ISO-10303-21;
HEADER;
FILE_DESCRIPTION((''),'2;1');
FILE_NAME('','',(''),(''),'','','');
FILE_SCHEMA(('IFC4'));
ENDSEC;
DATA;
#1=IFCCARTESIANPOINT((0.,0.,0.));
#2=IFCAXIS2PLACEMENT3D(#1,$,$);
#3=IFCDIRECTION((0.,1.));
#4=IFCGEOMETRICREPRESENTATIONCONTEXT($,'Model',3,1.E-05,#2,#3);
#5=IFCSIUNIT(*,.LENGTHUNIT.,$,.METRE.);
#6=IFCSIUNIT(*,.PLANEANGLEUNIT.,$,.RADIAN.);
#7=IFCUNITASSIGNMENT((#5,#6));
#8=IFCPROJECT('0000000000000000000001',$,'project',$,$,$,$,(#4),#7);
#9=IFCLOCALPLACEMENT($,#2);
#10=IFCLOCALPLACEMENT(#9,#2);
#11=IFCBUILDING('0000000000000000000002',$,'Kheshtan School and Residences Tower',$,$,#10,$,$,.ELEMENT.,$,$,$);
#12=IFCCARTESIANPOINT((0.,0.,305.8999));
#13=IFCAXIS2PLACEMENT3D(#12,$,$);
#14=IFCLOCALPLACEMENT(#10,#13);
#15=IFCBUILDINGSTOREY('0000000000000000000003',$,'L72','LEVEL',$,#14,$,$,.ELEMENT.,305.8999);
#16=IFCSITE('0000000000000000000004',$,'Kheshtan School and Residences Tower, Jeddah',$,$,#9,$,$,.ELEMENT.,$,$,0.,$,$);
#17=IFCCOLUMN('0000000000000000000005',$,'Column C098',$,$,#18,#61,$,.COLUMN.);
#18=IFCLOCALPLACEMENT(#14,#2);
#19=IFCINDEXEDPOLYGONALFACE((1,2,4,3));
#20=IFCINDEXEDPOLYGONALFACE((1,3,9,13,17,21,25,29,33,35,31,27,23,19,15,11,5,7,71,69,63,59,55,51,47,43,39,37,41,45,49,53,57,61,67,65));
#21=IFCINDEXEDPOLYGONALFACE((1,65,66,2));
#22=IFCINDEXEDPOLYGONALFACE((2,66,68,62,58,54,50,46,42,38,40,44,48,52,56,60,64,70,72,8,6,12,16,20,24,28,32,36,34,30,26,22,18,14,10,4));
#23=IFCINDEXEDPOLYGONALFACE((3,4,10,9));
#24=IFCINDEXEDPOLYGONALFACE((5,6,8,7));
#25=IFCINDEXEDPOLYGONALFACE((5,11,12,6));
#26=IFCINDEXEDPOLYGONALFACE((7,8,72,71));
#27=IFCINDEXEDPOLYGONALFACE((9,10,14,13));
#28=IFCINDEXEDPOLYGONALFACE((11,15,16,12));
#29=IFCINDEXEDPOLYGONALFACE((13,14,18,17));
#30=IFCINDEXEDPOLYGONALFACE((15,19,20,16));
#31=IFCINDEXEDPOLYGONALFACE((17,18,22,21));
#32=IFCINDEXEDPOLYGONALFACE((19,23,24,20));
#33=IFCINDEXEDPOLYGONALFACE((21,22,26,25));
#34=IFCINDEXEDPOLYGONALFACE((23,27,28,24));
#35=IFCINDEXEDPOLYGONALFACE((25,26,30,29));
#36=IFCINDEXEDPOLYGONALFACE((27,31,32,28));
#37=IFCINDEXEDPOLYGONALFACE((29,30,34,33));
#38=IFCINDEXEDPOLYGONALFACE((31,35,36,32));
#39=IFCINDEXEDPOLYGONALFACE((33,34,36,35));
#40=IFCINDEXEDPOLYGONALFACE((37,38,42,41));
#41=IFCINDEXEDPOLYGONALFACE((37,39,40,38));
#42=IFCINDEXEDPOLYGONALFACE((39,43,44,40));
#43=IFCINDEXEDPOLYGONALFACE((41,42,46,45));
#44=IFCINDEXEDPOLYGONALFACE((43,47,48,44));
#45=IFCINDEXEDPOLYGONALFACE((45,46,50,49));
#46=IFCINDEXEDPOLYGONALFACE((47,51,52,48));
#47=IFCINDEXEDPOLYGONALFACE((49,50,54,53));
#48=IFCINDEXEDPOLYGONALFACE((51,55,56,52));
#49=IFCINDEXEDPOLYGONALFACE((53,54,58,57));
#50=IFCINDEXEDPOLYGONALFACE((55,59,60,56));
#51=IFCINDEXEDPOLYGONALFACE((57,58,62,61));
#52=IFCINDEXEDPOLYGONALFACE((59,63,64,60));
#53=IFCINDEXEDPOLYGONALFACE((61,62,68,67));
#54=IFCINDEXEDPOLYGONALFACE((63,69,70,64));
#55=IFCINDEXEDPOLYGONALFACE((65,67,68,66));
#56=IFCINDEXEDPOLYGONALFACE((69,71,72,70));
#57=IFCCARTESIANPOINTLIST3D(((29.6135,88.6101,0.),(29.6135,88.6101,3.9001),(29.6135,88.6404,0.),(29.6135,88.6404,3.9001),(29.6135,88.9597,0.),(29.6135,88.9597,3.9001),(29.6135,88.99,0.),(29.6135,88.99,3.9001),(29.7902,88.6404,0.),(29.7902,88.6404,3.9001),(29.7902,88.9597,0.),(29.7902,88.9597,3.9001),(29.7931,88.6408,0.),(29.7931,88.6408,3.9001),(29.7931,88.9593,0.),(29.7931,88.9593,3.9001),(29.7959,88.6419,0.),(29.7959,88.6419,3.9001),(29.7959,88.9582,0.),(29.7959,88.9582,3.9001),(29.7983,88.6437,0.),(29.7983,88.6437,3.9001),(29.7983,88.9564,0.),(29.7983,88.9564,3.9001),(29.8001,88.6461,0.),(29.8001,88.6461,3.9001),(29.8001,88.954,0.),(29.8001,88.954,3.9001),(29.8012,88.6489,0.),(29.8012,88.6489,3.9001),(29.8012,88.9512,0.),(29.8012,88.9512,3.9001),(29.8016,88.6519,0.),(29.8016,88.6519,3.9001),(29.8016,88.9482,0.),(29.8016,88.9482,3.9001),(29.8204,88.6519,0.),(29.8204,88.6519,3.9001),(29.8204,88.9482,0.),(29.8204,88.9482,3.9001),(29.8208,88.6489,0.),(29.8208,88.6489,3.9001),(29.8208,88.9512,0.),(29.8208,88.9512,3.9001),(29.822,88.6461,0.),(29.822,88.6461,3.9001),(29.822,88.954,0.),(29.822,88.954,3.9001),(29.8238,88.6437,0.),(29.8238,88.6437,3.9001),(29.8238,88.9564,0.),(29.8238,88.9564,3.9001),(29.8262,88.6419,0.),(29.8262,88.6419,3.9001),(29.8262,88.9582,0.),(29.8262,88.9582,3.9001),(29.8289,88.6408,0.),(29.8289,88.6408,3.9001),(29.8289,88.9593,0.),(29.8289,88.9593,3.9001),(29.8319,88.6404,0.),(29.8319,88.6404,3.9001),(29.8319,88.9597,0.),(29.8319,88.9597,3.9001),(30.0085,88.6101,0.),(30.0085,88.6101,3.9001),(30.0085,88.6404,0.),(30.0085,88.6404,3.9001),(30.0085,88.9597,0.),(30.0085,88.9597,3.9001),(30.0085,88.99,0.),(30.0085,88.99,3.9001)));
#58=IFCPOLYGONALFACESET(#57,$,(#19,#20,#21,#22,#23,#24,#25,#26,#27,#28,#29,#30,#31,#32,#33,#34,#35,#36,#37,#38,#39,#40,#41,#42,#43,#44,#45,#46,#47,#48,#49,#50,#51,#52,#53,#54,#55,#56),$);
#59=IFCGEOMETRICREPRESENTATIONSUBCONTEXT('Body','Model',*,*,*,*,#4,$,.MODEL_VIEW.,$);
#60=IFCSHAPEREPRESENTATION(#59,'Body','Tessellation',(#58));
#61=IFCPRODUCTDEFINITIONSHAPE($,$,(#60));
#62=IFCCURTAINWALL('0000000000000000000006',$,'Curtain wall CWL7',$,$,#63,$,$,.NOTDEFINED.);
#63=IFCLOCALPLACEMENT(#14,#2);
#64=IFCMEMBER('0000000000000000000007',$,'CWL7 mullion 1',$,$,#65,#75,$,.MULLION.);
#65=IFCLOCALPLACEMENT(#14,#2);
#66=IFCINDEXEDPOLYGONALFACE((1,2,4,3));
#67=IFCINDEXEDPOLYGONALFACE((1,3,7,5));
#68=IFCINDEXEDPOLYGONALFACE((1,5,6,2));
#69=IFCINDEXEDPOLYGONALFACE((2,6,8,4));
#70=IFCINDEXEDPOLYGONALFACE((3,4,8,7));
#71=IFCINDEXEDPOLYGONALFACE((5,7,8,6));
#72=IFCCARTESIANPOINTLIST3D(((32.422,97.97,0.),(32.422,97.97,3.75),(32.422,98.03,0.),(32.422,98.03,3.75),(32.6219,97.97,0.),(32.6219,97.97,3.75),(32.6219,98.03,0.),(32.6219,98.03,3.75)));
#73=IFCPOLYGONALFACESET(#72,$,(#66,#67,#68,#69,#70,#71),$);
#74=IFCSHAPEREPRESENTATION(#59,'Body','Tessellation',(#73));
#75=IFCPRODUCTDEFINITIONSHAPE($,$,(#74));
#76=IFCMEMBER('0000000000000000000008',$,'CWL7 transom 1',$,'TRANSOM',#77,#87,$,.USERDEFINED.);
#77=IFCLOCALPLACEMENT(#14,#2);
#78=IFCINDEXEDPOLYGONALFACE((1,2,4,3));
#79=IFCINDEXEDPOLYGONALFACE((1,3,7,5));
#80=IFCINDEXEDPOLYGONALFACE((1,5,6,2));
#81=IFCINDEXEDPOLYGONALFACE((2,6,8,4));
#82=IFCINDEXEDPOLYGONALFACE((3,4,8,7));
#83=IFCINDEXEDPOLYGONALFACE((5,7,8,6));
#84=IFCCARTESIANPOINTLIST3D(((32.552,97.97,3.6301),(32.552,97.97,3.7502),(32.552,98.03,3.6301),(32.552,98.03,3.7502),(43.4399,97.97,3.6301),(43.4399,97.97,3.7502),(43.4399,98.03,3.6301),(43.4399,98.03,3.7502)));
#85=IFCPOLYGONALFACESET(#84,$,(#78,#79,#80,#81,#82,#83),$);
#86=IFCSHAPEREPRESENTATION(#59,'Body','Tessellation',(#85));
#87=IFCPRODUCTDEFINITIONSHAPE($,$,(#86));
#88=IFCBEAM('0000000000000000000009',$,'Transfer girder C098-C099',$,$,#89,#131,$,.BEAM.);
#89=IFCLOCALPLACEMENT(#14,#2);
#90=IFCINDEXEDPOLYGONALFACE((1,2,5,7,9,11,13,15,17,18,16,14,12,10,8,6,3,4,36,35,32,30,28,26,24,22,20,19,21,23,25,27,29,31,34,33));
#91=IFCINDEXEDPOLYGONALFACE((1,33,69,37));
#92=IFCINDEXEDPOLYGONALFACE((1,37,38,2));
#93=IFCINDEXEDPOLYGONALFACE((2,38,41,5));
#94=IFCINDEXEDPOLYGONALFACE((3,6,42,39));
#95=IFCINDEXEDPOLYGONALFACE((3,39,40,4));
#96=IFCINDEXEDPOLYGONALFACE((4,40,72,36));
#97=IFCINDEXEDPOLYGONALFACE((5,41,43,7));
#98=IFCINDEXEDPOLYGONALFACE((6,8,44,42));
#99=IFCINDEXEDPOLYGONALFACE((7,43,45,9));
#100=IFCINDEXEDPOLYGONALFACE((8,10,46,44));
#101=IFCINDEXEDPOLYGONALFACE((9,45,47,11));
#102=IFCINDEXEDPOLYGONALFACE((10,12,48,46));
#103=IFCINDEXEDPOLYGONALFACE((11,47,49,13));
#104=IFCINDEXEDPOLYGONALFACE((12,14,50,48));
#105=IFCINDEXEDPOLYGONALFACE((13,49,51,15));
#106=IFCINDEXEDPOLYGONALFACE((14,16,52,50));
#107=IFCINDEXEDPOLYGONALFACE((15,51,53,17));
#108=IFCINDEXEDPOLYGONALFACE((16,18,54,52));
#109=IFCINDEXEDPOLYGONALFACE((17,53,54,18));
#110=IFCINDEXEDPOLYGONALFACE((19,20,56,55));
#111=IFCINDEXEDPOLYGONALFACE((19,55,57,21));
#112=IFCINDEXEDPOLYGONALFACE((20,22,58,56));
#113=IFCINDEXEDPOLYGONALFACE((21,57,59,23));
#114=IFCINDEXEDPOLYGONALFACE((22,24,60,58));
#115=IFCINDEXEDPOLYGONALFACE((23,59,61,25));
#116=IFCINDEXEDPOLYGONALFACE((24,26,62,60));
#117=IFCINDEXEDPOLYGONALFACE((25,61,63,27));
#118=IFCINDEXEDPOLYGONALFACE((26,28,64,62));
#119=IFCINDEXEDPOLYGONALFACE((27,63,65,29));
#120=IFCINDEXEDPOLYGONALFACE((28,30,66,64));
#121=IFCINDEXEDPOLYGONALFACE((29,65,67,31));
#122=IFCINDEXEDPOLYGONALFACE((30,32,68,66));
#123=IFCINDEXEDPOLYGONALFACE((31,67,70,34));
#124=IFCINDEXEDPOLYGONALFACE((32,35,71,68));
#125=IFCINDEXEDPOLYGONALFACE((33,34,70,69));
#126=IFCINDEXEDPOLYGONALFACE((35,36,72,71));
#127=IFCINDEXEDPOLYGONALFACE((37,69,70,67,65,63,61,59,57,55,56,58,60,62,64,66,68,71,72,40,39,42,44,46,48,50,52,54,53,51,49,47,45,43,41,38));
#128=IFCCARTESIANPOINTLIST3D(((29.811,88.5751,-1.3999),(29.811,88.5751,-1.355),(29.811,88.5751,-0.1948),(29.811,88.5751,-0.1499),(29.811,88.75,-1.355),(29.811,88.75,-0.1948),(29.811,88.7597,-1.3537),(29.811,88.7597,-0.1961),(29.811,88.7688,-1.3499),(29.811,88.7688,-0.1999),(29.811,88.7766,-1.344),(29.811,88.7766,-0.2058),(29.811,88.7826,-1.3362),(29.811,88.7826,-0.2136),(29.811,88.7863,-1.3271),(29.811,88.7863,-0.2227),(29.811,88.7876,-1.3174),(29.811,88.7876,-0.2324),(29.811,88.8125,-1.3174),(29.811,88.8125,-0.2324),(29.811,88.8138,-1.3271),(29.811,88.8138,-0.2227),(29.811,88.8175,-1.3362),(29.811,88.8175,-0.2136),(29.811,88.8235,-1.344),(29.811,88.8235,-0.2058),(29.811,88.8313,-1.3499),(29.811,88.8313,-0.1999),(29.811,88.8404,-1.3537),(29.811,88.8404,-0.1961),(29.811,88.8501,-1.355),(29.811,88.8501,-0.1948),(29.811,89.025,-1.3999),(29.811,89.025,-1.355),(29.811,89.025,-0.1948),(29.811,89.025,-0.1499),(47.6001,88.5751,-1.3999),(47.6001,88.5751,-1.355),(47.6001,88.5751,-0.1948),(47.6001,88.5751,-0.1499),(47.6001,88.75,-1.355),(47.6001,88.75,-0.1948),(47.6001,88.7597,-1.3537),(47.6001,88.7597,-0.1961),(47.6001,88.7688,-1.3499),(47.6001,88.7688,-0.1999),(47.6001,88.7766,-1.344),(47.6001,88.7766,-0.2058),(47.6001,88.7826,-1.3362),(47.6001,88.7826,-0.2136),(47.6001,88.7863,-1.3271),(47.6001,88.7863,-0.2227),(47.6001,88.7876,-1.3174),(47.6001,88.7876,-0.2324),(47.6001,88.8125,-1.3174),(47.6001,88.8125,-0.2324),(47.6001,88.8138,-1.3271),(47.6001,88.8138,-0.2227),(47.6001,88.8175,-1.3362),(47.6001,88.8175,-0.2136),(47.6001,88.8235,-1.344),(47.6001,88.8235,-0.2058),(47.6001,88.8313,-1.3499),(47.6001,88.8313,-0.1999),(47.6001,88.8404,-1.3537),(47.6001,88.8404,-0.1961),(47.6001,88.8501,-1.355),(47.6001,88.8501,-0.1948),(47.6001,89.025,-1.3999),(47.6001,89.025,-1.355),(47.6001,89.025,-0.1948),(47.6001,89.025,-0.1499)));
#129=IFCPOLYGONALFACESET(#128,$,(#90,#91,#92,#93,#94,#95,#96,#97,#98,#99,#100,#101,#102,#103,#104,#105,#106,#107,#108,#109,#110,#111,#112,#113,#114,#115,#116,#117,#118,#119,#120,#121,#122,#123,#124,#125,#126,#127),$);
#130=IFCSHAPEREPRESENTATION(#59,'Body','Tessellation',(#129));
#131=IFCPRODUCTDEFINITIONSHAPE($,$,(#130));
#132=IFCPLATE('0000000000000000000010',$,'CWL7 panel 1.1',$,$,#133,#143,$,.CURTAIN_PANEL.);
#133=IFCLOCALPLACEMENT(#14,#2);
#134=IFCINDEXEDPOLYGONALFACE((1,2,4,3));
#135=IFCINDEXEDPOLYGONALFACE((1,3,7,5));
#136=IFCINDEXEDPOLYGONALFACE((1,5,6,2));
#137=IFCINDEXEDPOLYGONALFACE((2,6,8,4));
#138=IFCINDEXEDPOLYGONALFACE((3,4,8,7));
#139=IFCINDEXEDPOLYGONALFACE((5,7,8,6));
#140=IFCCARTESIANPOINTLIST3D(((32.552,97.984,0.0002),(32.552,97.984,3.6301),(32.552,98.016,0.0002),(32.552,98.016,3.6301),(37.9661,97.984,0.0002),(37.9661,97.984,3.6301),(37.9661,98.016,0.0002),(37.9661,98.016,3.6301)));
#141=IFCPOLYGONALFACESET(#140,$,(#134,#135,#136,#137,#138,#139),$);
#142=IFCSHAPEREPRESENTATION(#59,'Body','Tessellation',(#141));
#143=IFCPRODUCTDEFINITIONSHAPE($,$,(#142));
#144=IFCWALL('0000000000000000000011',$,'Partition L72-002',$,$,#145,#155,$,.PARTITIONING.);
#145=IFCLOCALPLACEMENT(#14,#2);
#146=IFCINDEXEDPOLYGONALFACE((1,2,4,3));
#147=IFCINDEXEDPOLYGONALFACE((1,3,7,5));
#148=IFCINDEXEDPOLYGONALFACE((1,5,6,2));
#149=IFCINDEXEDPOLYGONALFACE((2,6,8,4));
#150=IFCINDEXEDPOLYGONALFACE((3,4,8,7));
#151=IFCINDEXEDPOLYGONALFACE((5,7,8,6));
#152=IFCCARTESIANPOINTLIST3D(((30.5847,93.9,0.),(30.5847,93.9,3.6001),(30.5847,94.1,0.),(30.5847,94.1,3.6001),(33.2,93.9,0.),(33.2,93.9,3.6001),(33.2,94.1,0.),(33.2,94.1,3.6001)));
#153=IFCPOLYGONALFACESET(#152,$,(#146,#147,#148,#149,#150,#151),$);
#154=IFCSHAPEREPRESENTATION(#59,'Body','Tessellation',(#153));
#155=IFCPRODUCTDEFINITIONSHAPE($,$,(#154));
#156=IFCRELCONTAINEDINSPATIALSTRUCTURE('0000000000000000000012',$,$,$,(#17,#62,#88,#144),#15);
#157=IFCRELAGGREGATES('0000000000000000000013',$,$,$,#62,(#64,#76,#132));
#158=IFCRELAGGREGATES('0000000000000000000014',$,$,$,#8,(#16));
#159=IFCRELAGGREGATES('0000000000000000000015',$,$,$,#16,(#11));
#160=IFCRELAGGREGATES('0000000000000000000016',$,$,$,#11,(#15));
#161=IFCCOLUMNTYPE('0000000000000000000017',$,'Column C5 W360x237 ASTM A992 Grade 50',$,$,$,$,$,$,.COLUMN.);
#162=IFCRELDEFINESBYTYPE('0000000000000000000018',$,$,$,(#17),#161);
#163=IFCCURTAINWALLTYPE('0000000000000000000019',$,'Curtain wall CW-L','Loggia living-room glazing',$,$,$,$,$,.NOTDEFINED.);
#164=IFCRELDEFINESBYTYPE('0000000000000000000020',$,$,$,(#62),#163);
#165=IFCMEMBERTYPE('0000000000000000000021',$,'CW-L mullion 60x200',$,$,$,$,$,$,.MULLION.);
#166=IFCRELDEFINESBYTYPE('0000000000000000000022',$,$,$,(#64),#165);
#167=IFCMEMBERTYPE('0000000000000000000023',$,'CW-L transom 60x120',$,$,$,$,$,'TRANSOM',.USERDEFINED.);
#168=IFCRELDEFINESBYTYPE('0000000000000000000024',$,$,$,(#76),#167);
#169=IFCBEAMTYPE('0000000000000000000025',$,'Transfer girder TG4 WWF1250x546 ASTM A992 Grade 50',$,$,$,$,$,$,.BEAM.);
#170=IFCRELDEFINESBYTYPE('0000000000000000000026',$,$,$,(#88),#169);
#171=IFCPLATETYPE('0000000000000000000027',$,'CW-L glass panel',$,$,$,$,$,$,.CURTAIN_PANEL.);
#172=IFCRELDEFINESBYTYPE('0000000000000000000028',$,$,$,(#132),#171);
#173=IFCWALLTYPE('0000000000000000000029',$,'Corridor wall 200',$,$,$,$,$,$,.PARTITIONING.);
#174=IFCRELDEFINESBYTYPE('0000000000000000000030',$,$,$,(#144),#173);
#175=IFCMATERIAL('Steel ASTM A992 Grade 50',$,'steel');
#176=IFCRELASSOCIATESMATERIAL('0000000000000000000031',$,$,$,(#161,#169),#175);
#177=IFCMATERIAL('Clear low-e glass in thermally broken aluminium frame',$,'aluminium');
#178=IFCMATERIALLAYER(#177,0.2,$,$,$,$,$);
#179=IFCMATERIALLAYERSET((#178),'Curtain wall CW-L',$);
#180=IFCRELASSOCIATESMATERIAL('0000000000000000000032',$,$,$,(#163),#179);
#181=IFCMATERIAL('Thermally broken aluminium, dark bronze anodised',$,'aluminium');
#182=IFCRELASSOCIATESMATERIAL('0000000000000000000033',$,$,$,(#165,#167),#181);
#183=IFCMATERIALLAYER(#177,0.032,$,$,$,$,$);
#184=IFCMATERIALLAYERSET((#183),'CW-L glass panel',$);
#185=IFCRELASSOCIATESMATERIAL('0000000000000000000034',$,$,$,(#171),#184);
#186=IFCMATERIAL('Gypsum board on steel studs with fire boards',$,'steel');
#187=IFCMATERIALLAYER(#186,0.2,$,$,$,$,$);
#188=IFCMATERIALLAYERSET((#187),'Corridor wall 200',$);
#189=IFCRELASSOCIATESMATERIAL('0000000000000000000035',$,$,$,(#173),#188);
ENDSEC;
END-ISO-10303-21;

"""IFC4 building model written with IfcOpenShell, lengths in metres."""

from ifc_helpers import new_model, si_unit, direction, frame, frame_2d, origin, origin_2d, place, context, subcontext, project, spatial, rectangle, i_section, extrude, material, layer, layer_set, material_profile, profile_set, type_object, element, aggregate, save


model = new_model("IFC4")

# Units and contexts
model_context = context("Model", 3, precision=1e-05, world=origin(), true_north=direction((0.0, 1.0)))
body_context = subcontext(model_context, "Body", "Model", "MODEL_VIEW")
ifc_project = project(units=[si_unit("LENGTHUNIT", "METRE"), si_unit("PLANEANGLEUNIT", "RADIAN")], contexts=[model_context])

# Site, building, storey
site_placement = place(None, origin())
site = spatial("IfcSite", under=ifc_project, at=site_placement, Name="Kheshtan School and Residences Tower, Jeddah", CompositionType="ELEMENT", RefElevation=0.0)
building_placement = place(site_placement, origin())
building = spatial("IfcBuilding", under=site, at=building_placement, Name="Kheshtan School and Residences Tower", CompositionType="ELEMENT")
storey_placement = place(building_placement, frame((0.0, 0.0, 305.8999)))
storey = spatial("IfcBuildingStorey", under=building, at=storey_placement, Name="L72", Description="LEVEL", CompositionType="ELEMENT", Elevation=305.8999)

# Column
ifc_material_1 = material(Name="Steel ASTM A992 Grade 50", Category="steel")
ifc_material_profile_1 = material_profile(ifc_material_1, i_section(OverallWidth=0.395, OverallDepth=0.3799, WebThickness=0.0188, FlangeThickness=0.0303, FilletRadius=0.0115, at=origin_2d()), Name="W360x237")
ifc_profile_set_1 = profile_set([ifc_material_profile_1], Name="Steel ASTM A992 Grade 50")
column_type = type_object("IfcColumnType", Name="Column C5 W360x237 ASTM A992 Grade 50", PredefinedType="COLUMN", material=ifc_profile_set_1)
column_placement = place(storey_placement, frame((29.811, 88.8, 0.0), z_axis=(0.0, 0.0, 1.0), x_axis=(1.0, 0.0, 0.0)))
element("IfcColumn", 1, at=column_placement, inside=storey, type_object=column_type, Name="Column C098", PredefinedType="COLUMN", context=body_context, shape_type="SweptSolid", body=[
    extrude(i_section(OverallWidth=0.395, OverallDepth=0.3799, WebThickness=0.0188, FlangeThickness=0.0303, FilletRadius=0.0115, at=origin_2d()), origin(), (0.0, 0.0, 1.0), 3.9001),
])

# Curtain wall, members
ifc_material_2 = material(Name="Clear low-e glass in thermally broken aluminium frame", Category="aluminium")
ifc_layer_1 = layer(ifc_material_2, 0.2)
ifc_layer_set_1 = layer_set([ifc_layer_1], Name="Curtain wall CW-L")
curtain_wall_type = type_object("IfcCurtainWallType", Name="Curtain wall CW-L", Description="Loggia living-room glazing", PredefinedType="NOTDEFINED", material=ifc_layer_set_1)
curtain_wall_placement = place(storey_placement, origin())
curtain_wall = element("IfcCurtainWall", 2, at=curtain_wall_placement, inside=storey, type_object=curtain_wall_type, Name="Curtain wall CWL7", PredefinedType="NOTDEFINED")
ifc_material_3 = material(Name="Thermally broken aluminium, dark bronze anodised", Category="aluminium")
ifc_material_profile_2 = material_profile(ifc_material_3, rectangle(XDim=0.0601, YDim=0.2, at=origin_2d()), Name="CW-L mullion 60x200")
ifc_profile_set_2 = profile_set([ifc_material_profile_2], Name="Thermally broken aluminium, dark bronze anodised")
member_type_1 = type_object("IfcMemberType", Name="CW-L mullion 60x200", PredefinedType="MULLION", material=ifc_profile_set_2)
member_1_placement = place(storey_placement, frame((32.522, 98.0, 0.0), z_axis=(0.0, 0.0, 1.0), x_axis=(0.0, 1.0, 0.0)))
member_1 = element("IfcMember", 3, at=member_1_placement, type_object=member_type_1, Name="CWL7 mullion 1", PredefinedType="MULLION", context=body_context, shape_type="SweptSolid", body=[
    extrude(rectangle(XDim=0.0601, YDim=0.2, at=origin_2d()), origin(), (0.0, 0.0, 1.0), 3.75),
])
ifc_material_profile_3 = material_profile(ifc_material_3, rectangle(XDim=0.0601, YDim=0.1201, at=origin_2d()), Name="CW-L transom 60x120")
ifc_profile_set_3 = profile_set([ifc_material_profile_3], Name="Thermally broken aluminium, dark bronze anodised")
member_type_2 = type_object("IfcMemberType", Name="CW-L transom 60x120", ElementType="TRANSOM", PredefinedType="USERDEFINED", material=ifc_profile_set_3)
member_2_placement = place(storey_placement, frame((32.552, 98.0, 3.6902), z_axis=(1.0, 0.0, 0.0), x_axis=(0.0, 1.0, 0.0)))
member_2 = element("IfcMember", 4, at=member_2_placement, type_object=member_type_2, Name="CWL7 transom 1", ObjectType="TRANSOM", PredefinedType="USERDEFINED", context=body_context, shape_type="SweptSolid", body=[
    extrude(rectangle(XDim=0.0601, YDim=0.1201, at=origin_2d()), origin(), (0.0, 0.0, 1.0), 10.8879),
])

# Beam
ifc_material_profile_4 = material_profile(ifc_material_1, i_section(OverallWidth=0.45, OverallDepth=1.25, WebThickness=0.0249, FlangeThickness=0.0449, FilletRadius=0.0376, at=origin_2d()), Name="WWF1250x546")
ifc_profile_set_4 = profile_set([ifc_material_profile_4], Name="Steel ASTM A992 Grade 50")
beam_type = type_object("IfcBeamType", Name="Transfer girder TG4 WWF1250x546 ASTM A992 Grade 50", PredefinedType="BEAM", material=ifc_profile_set_4)
beam_placement = place(storey_placement, frame((29.811, 88.8, -0.7749), z_axis=(1.0, 0.0, 0.0), x_axis=(0.0, 1.0, 0.0)))
element("IfcBeam", 5, at=beam_placement, inside=storey, type_object=beam_type, Name="Transfer girder C098-C099", PredefinedType="BEAM", context=body_context, shape_type="SweptSolid", body=[
    extrude(i_section(OverallWidth=0.45, OverallDepth=1.25, WebThickness=0.0249, FlangeThickness=0.0449, FilletRadius=0.0376, at=origin_2d()), origin(), (0.0, 0.0, 1.0), 17.7891),
])

# Plate
ifc_layer_2 = layer(ifc_material_2, 0.032)
ifc_layer_set_2 = layer_set([ifc_layer_2], Name="CW-L glass panel")
plate_type = type_object("IfcPlateType", Name="CW-L glass panel", PredefinedType="CURTAIN_PANEL", material=ifc_layer_set_2)
plate_placement = place(storey_placement, frame((35.259, 98.0, 0.0002), z_axis=(0.0, 0.0, 1.0), x_axis=(1.0, 0.0, 0.0)))
plate = element("IfcPlate", 6, at=plate_placement, type_object=plate_type, Name="CWL7 panel 1.1", PredefinedType="CURTAIN_PANEL", context=body_context, shape_type="SweptSolid", body=[
    extrude(rectangle(XDim=5.4141, YDim=0.032, at=origin_2d()), origin(), (0.0, 0.0, 1.0), 3.6299),
])
aggregate(curtain_wall, [member_1, member_2, plate])

# Wall
ifc_material_4 = material(Name="Gypsum board on steel studs with fire boards", Category="steel")
ifc_layer_3 = layer(ifc_material_4, 0.2)
ifc_layer_set_3 = layer_set([ifc_layer_3], Name="Corridor wall 200")
wall_type_1 = type_object("IfcWallType", Name="Corridor wall 200", PredefinedType="PARTITIONING", material=ifc_layer_set_3)
wall_1_placement = place(storey_placement, frame((30.5847, 94.0, 0.0), z_axis=(0.0, 0.0, 1.0), x_axis=(1.0, 0.0, 0.0)))
element("IfcWall", 7, at=wall_1_placement, inside=storey, type_object=wall_type_1, Name="Partition L72-002", PredefinedType="PARTITIONING", context=body_context, shape_type="SweptSolid", body=[
    extrude(rectangle(XDim=2.6152, YDim=0.2, at=frame_2d((1.3076, 0.0))), origin(), (0.0, 0.0, 1.0), 3.6001),
])

save(model, "model.ifc")
